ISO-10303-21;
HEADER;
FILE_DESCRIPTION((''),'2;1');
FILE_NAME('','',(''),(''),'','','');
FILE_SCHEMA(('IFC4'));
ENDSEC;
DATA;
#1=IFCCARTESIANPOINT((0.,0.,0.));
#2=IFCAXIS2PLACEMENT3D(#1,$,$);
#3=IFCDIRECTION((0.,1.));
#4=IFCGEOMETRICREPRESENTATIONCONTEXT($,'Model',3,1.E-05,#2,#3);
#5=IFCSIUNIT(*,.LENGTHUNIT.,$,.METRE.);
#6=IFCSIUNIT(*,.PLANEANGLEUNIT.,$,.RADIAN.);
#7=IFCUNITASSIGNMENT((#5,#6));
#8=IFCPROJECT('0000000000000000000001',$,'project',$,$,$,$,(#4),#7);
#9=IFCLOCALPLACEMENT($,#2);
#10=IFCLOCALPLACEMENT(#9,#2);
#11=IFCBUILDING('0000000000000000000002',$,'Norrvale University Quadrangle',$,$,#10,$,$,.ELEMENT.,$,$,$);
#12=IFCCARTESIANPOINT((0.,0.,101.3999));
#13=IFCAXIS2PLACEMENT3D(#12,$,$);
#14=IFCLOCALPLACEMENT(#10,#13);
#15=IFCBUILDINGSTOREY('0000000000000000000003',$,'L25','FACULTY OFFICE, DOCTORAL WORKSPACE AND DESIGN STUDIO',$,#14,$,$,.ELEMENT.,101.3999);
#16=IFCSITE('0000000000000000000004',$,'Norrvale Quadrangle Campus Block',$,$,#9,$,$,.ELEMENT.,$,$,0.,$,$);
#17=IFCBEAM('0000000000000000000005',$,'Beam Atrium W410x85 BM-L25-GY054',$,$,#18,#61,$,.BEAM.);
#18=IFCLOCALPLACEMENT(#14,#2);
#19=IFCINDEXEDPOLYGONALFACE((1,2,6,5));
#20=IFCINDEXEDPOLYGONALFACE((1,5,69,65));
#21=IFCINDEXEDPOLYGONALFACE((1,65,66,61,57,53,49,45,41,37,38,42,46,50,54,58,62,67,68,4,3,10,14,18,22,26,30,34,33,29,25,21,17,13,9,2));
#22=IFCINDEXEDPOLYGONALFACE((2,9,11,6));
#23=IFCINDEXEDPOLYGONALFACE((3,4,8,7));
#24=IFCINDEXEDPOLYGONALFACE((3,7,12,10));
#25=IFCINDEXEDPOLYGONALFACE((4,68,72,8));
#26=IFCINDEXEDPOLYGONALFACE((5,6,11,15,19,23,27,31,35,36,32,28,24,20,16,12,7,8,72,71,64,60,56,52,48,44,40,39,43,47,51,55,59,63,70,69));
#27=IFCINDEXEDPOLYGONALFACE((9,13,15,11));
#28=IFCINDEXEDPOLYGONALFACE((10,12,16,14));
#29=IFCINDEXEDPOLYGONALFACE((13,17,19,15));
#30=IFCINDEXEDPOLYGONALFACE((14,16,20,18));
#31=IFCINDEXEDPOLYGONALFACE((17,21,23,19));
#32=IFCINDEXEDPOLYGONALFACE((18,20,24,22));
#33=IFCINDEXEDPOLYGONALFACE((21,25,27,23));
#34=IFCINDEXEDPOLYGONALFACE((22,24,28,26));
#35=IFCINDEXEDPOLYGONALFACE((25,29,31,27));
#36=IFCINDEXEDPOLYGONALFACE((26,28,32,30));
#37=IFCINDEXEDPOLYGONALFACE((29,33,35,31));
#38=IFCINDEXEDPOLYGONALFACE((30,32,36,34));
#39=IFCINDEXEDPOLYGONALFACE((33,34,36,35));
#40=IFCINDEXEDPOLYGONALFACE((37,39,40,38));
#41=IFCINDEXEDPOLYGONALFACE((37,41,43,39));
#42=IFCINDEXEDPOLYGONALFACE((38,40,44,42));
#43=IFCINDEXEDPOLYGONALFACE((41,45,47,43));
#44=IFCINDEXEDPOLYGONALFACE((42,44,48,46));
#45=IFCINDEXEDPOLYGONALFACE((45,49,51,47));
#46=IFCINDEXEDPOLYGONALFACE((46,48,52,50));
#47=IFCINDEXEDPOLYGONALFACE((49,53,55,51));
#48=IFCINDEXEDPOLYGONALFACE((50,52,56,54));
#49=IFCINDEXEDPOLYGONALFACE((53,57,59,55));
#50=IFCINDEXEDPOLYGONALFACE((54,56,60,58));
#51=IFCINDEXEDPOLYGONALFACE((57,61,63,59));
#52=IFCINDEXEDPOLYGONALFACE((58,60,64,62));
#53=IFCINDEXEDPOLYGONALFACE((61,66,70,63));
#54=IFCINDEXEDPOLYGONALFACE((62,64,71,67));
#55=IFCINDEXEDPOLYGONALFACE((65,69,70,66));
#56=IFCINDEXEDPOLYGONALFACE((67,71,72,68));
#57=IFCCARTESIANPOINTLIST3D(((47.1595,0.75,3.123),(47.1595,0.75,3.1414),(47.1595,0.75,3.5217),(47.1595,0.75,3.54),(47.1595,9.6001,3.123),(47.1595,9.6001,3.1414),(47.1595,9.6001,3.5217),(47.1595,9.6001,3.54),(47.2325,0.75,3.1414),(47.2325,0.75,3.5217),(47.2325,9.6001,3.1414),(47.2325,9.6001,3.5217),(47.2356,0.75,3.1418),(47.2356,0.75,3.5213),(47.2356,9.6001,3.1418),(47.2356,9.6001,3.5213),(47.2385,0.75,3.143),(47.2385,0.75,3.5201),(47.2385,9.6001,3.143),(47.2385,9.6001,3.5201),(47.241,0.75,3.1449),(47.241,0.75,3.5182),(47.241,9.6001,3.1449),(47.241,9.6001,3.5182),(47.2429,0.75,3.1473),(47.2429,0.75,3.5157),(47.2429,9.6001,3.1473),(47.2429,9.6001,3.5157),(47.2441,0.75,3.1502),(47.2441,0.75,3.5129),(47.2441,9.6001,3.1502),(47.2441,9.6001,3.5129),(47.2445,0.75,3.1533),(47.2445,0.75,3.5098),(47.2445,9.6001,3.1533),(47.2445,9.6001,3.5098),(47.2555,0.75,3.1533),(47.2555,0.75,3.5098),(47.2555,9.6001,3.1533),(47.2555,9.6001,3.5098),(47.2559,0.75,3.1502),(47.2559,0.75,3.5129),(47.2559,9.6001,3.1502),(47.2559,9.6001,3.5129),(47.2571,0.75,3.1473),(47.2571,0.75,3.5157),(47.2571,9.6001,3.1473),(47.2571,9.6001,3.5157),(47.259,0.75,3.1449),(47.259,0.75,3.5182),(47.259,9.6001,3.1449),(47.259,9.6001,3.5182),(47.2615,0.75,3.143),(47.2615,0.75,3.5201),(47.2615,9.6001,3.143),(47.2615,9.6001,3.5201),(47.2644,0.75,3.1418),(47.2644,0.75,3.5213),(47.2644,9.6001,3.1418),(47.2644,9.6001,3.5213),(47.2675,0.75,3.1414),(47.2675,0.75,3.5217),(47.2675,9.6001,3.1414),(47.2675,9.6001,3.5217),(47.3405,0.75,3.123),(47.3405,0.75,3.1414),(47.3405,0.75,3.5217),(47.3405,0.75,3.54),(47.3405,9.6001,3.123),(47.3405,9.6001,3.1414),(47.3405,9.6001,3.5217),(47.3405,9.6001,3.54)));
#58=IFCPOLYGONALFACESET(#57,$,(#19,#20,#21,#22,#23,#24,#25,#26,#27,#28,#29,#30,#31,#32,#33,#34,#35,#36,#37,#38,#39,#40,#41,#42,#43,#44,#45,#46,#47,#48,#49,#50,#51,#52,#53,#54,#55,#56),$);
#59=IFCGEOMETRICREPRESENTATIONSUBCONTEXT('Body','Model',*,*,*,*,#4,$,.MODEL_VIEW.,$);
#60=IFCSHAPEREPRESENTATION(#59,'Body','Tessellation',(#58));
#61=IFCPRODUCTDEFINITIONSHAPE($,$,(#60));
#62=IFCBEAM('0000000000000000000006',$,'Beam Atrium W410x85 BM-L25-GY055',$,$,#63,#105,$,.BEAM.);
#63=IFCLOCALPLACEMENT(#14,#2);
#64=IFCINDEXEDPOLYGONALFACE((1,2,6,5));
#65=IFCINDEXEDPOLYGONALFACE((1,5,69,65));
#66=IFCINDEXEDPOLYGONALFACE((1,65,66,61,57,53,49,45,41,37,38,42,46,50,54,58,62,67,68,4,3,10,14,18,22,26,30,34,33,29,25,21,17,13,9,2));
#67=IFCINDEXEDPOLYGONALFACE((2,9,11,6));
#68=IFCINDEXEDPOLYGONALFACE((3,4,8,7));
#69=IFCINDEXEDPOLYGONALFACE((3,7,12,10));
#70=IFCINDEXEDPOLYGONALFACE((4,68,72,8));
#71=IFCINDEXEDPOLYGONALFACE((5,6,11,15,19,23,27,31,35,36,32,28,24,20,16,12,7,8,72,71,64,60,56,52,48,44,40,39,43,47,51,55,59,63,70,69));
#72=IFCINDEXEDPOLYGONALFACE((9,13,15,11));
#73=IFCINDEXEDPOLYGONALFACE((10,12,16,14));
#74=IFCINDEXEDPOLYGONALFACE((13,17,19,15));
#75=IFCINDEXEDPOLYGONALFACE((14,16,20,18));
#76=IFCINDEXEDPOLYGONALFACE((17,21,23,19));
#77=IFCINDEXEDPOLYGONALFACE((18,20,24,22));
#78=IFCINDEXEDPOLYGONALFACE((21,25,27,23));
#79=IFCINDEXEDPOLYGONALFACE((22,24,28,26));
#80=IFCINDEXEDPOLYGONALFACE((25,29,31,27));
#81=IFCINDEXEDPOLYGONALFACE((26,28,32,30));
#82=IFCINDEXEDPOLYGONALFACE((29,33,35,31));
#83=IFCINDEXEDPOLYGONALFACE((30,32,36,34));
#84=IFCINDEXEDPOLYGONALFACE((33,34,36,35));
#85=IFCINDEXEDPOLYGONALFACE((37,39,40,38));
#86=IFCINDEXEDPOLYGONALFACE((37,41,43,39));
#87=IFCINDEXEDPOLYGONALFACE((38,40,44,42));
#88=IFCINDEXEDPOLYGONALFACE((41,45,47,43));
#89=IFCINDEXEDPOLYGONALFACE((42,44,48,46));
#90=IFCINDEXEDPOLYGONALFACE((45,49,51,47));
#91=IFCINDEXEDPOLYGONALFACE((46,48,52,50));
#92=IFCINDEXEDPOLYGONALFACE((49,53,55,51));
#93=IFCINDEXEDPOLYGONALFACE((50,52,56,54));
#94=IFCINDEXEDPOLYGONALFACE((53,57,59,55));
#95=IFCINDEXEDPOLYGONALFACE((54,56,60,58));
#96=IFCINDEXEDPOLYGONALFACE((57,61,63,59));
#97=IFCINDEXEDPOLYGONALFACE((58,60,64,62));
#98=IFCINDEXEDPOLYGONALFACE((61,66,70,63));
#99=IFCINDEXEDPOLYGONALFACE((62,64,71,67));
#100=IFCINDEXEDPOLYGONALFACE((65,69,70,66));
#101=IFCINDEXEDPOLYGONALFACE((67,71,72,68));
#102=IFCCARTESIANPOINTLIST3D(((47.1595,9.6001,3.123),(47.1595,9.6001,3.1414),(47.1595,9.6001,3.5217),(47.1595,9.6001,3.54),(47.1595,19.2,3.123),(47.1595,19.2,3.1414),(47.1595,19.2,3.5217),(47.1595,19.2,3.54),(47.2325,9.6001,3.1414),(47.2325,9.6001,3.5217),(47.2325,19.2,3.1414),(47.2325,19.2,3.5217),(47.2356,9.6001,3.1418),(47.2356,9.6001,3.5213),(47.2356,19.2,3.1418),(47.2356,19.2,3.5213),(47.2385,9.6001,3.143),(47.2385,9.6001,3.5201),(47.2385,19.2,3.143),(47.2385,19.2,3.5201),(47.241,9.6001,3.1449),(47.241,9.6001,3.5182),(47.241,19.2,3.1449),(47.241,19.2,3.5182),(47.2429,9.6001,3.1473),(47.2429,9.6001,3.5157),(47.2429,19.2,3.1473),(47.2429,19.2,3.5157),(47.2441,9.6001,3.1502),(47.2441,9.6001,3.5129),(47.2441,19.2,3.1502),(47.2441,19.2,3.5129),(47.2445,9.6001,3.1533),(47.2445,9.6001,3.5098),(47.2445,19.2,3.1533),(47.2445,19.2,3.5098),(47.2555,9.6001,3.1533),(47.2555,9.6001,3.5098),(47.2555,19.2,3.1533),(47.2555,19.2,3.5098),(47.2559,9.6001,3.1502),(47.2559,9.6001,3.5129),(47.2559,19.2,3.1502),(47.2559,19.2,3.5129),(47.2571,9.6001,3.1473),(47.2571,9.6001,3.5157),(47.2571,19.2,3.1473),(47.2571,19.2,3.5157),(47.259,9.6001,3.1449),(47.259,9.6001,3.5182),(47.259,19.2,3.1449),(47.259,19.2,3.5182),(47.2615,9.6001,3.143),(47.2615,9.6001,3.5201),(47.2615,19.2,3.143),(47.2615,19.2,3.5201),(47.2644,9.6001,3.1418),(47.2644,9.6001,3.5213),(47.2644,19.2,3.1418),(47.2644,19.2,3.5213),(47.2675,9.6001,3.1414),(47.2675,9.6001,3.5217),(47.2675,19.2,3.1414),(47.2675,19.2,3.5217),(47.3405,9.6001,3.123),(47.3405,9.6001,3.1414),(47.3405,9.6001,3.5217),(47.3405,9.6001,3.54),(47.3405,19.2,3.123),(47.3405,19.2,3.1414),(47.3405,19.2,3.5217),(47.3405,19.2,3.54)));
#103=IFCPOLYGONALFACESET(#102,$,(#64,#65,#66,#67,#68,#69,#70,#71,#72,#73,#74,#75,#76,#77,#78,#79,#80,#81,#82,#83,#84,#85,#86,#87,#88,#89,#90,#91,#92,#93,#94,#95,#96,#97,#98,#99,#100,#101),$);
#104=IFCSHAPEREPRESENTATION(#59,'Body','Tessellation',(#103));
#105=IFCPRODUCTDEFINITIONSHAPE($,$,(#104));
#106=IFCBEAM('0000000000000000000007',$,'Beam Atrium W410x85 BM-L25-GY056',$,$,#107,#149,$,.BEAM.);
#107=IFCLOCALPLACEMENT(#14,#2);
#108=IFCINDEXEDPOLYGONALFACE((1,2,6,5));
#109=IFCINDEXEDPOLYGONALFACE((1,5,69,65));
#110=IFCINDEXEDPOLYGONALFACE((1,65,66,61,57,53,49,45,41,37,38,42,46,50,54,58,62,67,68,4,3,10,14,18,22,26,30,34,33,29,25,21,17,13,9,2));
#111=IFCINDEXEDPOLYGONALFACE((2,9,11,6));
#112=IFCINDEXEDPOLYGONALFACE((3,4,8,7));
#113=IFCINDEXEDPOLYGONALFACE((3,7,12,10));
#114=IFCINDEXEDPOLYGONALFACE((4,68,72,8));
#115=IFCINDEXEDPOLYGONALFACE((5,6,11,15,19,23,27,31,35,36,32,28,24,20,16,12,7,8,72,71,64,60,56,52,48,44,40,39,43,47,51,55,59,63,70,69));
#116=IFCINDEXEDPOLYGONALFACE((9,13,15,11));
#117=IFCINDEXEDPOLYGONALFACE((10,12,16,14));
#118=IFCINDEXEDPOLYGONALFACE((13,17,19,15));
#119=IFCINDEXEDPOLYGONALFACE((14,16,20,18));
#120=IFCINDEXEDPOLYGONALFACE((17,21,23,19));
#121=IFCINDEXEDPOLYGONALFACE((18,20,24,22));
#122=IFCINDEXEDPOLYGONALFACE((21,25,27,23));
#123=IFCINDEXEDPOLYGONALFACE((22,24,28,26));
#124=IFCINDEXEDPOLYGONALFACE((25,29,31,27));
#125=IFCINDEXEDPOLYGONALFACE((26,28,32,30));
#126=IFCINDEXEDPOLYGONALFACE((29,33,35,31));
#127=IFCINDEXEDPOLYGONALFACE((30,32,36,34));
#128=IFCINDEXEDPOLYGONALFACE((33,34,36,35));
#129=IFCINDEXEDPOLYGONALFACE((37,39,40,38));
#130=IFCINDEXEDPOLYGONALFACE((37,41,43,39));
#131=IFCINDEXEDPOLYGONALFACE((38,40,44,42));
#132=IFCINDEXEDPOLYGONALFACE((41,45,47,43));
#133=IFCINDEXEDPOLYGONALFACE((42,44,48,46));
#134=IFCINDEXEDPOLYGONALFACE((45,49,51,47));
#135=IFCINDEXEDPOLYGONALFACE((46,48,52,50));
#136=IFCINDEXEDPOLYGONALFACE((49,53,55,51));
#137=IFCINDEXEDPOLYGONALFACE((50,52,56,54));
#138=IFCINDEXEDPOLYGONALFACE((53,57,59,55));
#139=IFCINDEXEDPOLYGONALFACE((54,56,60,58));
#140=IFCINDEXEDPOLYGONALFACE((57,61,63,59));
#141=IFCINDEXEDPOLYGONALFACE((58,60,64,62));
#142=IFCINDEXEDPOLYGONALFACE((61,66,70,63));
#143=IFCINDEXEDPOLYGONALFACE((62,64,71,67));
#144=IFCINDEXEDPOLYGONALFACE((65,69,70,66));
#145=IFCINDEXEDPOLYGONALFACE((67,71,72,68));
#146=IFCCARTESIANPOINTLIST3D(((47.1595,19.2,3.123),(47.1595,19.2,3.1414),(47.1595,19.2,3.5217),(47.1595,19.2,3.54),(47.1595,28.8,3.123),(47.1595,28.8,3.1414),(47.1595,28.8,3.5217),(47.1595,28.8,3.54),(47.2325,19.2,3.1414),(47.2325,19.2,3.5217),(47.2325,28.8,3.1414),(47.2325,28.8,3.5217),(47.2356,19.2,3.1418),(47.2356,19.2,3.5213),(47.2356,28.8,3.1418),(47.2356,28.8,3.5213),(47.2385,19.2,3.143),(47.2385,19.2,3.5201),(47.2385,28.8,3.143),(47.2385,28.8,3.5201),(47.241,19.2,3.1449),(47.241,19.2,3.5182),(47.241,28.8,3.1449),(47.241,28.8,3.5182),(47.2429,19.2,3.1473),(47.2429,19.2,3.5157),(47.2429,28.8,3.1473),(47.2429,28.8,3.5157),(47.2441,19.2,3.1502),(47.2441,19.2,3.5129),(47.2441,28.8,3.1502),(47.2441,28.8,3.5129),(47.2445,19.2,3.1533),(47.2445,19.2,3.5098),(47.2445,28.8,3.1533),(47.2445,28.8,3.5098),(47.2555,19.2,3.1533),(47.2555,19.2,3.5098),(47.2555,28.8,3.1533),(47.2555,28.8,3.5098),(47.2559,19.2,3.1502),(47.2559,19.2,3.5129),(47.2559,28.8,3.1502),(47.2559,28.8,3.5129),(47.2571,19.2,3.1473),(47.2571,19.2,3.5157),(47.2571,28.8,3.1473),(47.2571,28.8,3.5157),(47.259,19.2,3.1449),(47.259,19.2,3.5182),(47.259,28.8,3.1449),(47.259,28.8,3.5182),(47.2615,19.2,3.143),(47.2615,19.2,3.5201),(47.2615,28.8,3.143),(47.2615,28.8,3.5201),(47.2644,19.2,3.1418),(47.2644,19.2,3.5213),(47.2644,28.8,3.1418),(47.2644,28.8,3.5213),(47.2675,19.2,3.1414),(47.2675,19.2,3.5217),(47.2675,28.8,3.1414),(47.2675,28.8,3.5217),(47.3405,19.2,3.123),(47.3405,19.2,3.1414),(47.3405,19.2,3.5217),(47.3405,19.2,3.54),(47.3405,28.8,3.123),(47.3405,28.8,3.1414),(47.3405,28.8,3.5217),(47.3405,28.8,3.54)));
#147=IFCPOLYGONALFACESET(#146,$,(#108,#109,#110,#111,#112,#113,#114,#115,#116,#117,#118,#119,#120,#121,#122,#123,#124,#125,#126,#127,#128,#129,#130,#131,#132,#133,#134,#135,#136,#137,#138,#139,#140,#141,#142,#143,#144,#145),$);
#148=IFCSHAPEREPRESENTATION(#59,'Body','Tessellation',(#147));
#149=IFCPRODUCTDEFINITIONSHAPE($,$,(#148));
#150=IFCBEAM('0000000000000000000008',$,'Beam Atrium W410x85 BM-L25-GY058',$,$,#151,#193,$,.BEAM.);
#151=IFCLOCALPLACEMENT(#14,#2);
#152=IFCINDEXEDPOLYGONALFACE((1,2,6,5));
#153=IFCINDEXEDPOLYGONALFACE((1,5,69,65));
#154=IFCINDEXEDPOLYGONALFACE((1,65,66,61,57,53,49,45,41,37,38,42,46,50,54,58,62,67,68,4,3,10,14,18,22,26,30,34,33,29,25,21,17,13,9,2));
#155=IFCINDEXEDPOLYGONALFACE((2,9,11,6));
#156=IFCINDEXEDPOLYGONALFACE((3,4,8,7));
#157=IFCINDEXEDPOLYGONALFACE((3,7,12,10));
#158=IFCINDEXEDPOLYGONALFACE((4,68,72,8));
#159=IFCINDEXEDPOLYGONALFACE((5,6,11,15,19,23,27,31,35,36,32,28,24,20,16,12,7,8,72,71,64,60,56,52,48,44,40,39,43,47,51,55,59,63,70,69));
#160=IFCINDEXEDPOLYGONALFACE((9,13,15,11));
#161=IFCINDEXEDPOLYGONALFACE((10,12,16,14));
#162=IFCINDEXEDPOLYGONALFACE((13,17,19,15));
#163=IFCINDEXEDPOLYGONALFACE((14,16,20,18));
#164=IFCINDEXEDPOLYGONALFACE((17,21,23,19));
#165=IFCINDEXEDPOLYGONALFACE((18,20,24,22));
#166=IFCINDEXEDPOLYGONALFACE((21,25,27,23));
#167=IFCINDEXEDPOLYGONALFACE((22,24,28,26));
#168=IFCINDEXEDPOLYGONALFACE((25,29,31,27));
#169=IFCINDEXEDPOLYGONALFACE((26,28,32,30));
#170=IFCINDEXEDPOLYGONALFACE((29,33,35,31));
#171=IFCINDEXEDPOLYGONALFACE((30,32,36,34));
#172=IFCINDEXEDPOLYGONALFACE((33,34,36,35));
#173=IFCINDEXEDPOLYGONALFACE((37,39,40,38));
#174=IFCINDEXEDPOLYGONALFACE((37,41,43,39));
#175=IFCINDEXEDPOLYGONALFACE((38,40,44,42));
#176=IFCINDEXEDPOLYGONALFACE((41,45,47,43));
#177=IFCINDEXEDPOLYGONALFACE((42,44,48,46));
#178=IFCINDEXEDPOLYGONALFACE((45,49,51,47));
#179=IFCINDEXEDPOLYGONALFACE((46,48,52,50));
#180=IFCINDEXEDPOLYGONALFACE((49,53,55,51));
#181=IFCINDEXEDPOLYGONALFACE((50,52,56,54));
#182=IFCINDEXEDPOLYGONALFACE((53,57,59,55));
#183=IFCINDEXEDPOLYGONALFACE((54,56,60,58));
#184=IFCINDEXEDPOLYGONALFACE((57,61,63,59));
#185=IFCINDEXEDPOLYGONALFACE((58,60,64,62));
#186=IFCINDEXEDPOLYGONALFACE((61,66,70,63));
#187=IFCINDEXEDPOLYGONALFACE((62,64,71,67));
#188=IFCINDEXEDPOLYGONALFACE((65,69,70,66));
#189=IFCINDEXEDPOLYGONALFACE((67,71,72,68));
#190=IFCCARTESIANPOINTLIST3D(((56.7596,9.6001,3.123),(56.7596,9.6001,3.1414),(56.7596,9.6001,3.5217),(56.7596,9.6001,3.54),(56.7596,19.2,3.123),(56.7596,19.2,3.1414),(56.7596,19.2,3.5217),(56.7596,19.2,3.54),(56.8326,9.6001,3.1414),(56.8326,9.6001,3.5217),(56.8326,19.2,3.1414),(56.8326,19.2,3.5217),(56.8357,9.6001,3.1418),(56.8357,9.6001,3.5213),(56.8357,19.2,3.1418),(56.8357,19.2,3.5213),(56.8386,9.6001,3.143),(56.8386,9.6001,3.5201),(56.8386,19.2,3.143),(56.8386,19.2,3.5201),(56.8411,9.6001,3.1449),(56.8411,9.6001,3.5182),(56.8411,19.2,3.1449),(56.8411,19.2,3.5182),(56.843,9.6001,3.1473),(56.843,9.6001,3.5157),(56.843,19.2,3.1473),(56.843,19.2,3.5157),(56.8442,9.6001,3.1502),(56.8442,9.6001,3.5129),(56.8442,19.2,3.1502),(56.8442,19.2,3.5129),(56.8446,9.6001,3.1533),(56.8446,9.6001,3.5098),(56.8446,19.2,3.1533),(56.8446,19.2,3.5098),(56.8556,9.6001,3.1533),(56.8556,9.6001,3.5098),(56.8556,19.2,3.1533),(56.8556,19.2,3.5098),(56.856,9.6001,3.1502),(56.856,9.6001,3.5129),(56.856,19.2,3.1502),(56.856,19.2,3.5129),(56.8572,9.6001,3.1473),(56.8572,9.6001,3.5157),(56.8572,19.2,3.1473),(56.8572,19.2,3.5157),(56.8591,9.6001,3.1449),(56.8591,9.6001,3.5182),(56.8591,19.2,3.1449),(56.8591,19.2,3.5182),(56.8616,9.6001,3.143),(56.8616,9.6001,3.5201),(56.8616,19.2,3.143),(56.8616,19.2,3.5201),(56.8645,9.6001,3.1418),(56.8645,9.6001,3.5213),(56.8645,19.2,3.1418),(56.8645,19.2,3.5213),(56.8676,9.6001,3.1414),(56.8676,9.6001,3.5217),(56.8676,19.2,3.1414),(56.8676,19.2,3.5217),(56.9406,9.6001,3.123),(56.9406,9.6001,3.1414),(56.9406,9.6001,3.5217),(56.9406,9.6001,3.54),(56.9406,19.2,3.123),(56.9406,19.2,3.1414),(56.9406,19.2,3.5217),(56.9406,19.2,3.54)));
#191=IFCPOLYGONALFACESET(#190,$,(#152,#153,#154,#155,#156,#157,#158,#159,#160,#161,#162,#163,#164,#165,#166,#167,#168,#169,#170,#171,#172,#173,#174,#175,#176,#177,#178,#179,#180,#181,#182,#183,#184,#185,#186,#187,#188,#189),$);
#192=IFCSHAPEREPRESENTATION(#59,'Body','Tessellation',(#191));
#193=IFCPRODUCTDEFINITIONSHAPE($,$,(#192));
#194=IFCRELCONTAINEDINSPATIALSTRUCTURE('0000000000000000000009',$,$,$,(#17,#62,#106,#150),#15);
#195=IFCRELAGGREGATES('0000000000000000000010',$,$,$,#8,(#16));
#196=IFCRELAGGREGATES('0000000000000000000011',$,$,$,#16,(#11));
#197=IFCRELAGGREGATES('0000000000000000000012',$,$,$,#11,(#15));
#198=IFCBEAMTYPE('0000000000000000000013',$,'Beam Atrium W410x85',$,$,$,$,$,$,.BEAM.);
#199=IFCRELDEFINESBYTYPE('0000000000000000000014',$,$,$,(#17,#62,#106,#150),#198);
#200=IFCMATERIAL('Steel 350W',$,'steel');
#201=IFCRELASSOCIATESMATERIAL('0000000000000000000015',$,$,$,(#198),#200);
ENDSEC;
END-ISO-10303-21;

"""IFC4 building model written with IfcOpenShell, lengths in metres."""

from ifc_helpers import new_model, si_unit, direction, frame, origin, origin_2d, place, context, subcontext, project, spatial, i_section, extrude, material, material_profile, profile_set, type_object, element, save


model = new_model("IFC4")

# Units and contexts
model_context = context("Model", 3, precision=1e-05, world=origin(), true_north=direction((0.0, 1.0)))
body_context = subcontext(model_context, "Body", "Model", "MODEL_VIEW")
ifc_project = project(units=[si_unit("LENGTHUNIT", "METRE"), si_unit("PLANEANGLEUNIT", "RADIAN")], contexts=[model_context])

# Site, building, storey
site_placement = place(None, origin())
site = spatial("IfcSite", under=ifc_project, at=site_placement, Name="Norrvale Quadrangle Campus Block", CompositionType="ELEMENT", RefElevation=0.0)
building_placement = place(site_placement, origin())
building = spatial("IfcBuilding", under=site, at=building_placement, Name="Norrvale University Quadrangle", CompositionType="ELEMENT")
storey_placement = place(building_placement, frame((0.0, 0.0, 101.3999)))
storey = spatial("IfcBuildingStorey", under=building, at=storey_placement, Name="L25", Description="FACULTY OFFICE, DOCTORAL WORKSPACE AND DESIGN STUDIO", CompositionType="ELEMENT", Elevation=101.3999)

# Beams
ifc_material_1 = material(Name="Steel 350W", Category="steel")
ifc_material_profile_1 = material_profile(ifc_material_1, i_section(OverallWidth=0.1809, OverallDepth=0.417, WebThickness=0.011, FlangeThickness=0.0183, FilletRadius=0.012, at=origin_2d()), Name="Steel 350W")
ifc_profile_set_1 = profile_set([ifc_material_profile_1], Name="Steel 350W")
beam_type_1 = type_object("IfcBeamType", Name="Beam Atrium W410x85", PredefinedType="BEAM", material=ifc_profile_set_1)
beam_1_placement = place(storey_placement, frame((47.25, 0.75, 3.3315), z_axis=(0.0, 1.0, 0.0), x_axis=(-1.0, 0.0, 0.0)))
element("IfcBeam", 1, at=beam_1_placement, inside=storey, type_object=beam_type_1, Name="Beam Atrium W410x85 BM-L25-GY054", PredefinedType="BEAM", context=body_context, shape_type="SweptSolid", body=[
    extrude(i_section(OverallWidth=0.1809, OverallDepth=0.417, WebThickness=0.011, FlangeThickness=0.0183, FilletRadius=0.012, at=origin_2d()), origin(), (0.0, 0.0, 1.0), 8.8501),
])
beam_2_placement = place(storey_placement, frame((47.25, 9.6001, 3.3315), z_axis=(0.0, 1.0, 0.0), x_axis=(-1.0, 0.0, 0.0)))
element("IfcBeam", 2, at=beam_2_placement, inside=storey, type_object=beam_type_1, Name="Beam Atrium W410x85 BM-L25-GY055", PredefinedType="BEAM", context=body_context, shape_type="SweptSolid", body=[
    extrude(i_section(OverallWidth=0.1809, OverallDepth=0.417, WebThickness=0.011, FlangeThickness=0.0183, FilletRadius=0.012, at=origin_2d()), origin(), (0.0, 0.0, 1.0), 9.5999),
])
beam_3_placement = place(storey_placement, frame((47.25, 19.2, 3.3315), z_axis=(0.0, 1.0, 0.0), x_axis=(-1.0, 0.0, 0.0)))
element("IfcBeam", 3, at=beam_3_placement, inside=storey, type_object=beam_type_1, Name="Beam Atrium W410x85 BM-L25-GY056", PredefinedType="BEAM", context=body_context, shape_type="SweptSolid", body=[
    extrude(i_section(OverallWidth=0.1809, OverallDepth=0.417, WebThickness=0.011, FlangeThickness=0.0183, FilletRadius=0.012, at=origin_2d()), origin(), (0.0, 0.0, 1.0), 9.6001),
])
beam_4_placement = place(storey_placement, frame((56.8501, 9.6001, 3.3315), z_axis=(0.0, 1.0, 0.0), x_axis=(-1.0, 0.0, 0.0)))
element("IfcBeam", 4, at=beam_4_placement, inside=storey, type_object=beam_type_1, Name="Beam Atrium W410x85 BM-L25-GY058", PredefinedType="BEAM", context=body_context, shape_type="SweptSolid", body=[
    extrude(i_section(OverallWidth=0.1809, OverallDepth=0.417, WebThickness=0.011, FlangeThickness=0.0183, FilletRadius=0.012, at=origin_2d()), origin(), (0.0, 0.0, 1.0), 9.5999),
])

save(model, "model.ifc")
